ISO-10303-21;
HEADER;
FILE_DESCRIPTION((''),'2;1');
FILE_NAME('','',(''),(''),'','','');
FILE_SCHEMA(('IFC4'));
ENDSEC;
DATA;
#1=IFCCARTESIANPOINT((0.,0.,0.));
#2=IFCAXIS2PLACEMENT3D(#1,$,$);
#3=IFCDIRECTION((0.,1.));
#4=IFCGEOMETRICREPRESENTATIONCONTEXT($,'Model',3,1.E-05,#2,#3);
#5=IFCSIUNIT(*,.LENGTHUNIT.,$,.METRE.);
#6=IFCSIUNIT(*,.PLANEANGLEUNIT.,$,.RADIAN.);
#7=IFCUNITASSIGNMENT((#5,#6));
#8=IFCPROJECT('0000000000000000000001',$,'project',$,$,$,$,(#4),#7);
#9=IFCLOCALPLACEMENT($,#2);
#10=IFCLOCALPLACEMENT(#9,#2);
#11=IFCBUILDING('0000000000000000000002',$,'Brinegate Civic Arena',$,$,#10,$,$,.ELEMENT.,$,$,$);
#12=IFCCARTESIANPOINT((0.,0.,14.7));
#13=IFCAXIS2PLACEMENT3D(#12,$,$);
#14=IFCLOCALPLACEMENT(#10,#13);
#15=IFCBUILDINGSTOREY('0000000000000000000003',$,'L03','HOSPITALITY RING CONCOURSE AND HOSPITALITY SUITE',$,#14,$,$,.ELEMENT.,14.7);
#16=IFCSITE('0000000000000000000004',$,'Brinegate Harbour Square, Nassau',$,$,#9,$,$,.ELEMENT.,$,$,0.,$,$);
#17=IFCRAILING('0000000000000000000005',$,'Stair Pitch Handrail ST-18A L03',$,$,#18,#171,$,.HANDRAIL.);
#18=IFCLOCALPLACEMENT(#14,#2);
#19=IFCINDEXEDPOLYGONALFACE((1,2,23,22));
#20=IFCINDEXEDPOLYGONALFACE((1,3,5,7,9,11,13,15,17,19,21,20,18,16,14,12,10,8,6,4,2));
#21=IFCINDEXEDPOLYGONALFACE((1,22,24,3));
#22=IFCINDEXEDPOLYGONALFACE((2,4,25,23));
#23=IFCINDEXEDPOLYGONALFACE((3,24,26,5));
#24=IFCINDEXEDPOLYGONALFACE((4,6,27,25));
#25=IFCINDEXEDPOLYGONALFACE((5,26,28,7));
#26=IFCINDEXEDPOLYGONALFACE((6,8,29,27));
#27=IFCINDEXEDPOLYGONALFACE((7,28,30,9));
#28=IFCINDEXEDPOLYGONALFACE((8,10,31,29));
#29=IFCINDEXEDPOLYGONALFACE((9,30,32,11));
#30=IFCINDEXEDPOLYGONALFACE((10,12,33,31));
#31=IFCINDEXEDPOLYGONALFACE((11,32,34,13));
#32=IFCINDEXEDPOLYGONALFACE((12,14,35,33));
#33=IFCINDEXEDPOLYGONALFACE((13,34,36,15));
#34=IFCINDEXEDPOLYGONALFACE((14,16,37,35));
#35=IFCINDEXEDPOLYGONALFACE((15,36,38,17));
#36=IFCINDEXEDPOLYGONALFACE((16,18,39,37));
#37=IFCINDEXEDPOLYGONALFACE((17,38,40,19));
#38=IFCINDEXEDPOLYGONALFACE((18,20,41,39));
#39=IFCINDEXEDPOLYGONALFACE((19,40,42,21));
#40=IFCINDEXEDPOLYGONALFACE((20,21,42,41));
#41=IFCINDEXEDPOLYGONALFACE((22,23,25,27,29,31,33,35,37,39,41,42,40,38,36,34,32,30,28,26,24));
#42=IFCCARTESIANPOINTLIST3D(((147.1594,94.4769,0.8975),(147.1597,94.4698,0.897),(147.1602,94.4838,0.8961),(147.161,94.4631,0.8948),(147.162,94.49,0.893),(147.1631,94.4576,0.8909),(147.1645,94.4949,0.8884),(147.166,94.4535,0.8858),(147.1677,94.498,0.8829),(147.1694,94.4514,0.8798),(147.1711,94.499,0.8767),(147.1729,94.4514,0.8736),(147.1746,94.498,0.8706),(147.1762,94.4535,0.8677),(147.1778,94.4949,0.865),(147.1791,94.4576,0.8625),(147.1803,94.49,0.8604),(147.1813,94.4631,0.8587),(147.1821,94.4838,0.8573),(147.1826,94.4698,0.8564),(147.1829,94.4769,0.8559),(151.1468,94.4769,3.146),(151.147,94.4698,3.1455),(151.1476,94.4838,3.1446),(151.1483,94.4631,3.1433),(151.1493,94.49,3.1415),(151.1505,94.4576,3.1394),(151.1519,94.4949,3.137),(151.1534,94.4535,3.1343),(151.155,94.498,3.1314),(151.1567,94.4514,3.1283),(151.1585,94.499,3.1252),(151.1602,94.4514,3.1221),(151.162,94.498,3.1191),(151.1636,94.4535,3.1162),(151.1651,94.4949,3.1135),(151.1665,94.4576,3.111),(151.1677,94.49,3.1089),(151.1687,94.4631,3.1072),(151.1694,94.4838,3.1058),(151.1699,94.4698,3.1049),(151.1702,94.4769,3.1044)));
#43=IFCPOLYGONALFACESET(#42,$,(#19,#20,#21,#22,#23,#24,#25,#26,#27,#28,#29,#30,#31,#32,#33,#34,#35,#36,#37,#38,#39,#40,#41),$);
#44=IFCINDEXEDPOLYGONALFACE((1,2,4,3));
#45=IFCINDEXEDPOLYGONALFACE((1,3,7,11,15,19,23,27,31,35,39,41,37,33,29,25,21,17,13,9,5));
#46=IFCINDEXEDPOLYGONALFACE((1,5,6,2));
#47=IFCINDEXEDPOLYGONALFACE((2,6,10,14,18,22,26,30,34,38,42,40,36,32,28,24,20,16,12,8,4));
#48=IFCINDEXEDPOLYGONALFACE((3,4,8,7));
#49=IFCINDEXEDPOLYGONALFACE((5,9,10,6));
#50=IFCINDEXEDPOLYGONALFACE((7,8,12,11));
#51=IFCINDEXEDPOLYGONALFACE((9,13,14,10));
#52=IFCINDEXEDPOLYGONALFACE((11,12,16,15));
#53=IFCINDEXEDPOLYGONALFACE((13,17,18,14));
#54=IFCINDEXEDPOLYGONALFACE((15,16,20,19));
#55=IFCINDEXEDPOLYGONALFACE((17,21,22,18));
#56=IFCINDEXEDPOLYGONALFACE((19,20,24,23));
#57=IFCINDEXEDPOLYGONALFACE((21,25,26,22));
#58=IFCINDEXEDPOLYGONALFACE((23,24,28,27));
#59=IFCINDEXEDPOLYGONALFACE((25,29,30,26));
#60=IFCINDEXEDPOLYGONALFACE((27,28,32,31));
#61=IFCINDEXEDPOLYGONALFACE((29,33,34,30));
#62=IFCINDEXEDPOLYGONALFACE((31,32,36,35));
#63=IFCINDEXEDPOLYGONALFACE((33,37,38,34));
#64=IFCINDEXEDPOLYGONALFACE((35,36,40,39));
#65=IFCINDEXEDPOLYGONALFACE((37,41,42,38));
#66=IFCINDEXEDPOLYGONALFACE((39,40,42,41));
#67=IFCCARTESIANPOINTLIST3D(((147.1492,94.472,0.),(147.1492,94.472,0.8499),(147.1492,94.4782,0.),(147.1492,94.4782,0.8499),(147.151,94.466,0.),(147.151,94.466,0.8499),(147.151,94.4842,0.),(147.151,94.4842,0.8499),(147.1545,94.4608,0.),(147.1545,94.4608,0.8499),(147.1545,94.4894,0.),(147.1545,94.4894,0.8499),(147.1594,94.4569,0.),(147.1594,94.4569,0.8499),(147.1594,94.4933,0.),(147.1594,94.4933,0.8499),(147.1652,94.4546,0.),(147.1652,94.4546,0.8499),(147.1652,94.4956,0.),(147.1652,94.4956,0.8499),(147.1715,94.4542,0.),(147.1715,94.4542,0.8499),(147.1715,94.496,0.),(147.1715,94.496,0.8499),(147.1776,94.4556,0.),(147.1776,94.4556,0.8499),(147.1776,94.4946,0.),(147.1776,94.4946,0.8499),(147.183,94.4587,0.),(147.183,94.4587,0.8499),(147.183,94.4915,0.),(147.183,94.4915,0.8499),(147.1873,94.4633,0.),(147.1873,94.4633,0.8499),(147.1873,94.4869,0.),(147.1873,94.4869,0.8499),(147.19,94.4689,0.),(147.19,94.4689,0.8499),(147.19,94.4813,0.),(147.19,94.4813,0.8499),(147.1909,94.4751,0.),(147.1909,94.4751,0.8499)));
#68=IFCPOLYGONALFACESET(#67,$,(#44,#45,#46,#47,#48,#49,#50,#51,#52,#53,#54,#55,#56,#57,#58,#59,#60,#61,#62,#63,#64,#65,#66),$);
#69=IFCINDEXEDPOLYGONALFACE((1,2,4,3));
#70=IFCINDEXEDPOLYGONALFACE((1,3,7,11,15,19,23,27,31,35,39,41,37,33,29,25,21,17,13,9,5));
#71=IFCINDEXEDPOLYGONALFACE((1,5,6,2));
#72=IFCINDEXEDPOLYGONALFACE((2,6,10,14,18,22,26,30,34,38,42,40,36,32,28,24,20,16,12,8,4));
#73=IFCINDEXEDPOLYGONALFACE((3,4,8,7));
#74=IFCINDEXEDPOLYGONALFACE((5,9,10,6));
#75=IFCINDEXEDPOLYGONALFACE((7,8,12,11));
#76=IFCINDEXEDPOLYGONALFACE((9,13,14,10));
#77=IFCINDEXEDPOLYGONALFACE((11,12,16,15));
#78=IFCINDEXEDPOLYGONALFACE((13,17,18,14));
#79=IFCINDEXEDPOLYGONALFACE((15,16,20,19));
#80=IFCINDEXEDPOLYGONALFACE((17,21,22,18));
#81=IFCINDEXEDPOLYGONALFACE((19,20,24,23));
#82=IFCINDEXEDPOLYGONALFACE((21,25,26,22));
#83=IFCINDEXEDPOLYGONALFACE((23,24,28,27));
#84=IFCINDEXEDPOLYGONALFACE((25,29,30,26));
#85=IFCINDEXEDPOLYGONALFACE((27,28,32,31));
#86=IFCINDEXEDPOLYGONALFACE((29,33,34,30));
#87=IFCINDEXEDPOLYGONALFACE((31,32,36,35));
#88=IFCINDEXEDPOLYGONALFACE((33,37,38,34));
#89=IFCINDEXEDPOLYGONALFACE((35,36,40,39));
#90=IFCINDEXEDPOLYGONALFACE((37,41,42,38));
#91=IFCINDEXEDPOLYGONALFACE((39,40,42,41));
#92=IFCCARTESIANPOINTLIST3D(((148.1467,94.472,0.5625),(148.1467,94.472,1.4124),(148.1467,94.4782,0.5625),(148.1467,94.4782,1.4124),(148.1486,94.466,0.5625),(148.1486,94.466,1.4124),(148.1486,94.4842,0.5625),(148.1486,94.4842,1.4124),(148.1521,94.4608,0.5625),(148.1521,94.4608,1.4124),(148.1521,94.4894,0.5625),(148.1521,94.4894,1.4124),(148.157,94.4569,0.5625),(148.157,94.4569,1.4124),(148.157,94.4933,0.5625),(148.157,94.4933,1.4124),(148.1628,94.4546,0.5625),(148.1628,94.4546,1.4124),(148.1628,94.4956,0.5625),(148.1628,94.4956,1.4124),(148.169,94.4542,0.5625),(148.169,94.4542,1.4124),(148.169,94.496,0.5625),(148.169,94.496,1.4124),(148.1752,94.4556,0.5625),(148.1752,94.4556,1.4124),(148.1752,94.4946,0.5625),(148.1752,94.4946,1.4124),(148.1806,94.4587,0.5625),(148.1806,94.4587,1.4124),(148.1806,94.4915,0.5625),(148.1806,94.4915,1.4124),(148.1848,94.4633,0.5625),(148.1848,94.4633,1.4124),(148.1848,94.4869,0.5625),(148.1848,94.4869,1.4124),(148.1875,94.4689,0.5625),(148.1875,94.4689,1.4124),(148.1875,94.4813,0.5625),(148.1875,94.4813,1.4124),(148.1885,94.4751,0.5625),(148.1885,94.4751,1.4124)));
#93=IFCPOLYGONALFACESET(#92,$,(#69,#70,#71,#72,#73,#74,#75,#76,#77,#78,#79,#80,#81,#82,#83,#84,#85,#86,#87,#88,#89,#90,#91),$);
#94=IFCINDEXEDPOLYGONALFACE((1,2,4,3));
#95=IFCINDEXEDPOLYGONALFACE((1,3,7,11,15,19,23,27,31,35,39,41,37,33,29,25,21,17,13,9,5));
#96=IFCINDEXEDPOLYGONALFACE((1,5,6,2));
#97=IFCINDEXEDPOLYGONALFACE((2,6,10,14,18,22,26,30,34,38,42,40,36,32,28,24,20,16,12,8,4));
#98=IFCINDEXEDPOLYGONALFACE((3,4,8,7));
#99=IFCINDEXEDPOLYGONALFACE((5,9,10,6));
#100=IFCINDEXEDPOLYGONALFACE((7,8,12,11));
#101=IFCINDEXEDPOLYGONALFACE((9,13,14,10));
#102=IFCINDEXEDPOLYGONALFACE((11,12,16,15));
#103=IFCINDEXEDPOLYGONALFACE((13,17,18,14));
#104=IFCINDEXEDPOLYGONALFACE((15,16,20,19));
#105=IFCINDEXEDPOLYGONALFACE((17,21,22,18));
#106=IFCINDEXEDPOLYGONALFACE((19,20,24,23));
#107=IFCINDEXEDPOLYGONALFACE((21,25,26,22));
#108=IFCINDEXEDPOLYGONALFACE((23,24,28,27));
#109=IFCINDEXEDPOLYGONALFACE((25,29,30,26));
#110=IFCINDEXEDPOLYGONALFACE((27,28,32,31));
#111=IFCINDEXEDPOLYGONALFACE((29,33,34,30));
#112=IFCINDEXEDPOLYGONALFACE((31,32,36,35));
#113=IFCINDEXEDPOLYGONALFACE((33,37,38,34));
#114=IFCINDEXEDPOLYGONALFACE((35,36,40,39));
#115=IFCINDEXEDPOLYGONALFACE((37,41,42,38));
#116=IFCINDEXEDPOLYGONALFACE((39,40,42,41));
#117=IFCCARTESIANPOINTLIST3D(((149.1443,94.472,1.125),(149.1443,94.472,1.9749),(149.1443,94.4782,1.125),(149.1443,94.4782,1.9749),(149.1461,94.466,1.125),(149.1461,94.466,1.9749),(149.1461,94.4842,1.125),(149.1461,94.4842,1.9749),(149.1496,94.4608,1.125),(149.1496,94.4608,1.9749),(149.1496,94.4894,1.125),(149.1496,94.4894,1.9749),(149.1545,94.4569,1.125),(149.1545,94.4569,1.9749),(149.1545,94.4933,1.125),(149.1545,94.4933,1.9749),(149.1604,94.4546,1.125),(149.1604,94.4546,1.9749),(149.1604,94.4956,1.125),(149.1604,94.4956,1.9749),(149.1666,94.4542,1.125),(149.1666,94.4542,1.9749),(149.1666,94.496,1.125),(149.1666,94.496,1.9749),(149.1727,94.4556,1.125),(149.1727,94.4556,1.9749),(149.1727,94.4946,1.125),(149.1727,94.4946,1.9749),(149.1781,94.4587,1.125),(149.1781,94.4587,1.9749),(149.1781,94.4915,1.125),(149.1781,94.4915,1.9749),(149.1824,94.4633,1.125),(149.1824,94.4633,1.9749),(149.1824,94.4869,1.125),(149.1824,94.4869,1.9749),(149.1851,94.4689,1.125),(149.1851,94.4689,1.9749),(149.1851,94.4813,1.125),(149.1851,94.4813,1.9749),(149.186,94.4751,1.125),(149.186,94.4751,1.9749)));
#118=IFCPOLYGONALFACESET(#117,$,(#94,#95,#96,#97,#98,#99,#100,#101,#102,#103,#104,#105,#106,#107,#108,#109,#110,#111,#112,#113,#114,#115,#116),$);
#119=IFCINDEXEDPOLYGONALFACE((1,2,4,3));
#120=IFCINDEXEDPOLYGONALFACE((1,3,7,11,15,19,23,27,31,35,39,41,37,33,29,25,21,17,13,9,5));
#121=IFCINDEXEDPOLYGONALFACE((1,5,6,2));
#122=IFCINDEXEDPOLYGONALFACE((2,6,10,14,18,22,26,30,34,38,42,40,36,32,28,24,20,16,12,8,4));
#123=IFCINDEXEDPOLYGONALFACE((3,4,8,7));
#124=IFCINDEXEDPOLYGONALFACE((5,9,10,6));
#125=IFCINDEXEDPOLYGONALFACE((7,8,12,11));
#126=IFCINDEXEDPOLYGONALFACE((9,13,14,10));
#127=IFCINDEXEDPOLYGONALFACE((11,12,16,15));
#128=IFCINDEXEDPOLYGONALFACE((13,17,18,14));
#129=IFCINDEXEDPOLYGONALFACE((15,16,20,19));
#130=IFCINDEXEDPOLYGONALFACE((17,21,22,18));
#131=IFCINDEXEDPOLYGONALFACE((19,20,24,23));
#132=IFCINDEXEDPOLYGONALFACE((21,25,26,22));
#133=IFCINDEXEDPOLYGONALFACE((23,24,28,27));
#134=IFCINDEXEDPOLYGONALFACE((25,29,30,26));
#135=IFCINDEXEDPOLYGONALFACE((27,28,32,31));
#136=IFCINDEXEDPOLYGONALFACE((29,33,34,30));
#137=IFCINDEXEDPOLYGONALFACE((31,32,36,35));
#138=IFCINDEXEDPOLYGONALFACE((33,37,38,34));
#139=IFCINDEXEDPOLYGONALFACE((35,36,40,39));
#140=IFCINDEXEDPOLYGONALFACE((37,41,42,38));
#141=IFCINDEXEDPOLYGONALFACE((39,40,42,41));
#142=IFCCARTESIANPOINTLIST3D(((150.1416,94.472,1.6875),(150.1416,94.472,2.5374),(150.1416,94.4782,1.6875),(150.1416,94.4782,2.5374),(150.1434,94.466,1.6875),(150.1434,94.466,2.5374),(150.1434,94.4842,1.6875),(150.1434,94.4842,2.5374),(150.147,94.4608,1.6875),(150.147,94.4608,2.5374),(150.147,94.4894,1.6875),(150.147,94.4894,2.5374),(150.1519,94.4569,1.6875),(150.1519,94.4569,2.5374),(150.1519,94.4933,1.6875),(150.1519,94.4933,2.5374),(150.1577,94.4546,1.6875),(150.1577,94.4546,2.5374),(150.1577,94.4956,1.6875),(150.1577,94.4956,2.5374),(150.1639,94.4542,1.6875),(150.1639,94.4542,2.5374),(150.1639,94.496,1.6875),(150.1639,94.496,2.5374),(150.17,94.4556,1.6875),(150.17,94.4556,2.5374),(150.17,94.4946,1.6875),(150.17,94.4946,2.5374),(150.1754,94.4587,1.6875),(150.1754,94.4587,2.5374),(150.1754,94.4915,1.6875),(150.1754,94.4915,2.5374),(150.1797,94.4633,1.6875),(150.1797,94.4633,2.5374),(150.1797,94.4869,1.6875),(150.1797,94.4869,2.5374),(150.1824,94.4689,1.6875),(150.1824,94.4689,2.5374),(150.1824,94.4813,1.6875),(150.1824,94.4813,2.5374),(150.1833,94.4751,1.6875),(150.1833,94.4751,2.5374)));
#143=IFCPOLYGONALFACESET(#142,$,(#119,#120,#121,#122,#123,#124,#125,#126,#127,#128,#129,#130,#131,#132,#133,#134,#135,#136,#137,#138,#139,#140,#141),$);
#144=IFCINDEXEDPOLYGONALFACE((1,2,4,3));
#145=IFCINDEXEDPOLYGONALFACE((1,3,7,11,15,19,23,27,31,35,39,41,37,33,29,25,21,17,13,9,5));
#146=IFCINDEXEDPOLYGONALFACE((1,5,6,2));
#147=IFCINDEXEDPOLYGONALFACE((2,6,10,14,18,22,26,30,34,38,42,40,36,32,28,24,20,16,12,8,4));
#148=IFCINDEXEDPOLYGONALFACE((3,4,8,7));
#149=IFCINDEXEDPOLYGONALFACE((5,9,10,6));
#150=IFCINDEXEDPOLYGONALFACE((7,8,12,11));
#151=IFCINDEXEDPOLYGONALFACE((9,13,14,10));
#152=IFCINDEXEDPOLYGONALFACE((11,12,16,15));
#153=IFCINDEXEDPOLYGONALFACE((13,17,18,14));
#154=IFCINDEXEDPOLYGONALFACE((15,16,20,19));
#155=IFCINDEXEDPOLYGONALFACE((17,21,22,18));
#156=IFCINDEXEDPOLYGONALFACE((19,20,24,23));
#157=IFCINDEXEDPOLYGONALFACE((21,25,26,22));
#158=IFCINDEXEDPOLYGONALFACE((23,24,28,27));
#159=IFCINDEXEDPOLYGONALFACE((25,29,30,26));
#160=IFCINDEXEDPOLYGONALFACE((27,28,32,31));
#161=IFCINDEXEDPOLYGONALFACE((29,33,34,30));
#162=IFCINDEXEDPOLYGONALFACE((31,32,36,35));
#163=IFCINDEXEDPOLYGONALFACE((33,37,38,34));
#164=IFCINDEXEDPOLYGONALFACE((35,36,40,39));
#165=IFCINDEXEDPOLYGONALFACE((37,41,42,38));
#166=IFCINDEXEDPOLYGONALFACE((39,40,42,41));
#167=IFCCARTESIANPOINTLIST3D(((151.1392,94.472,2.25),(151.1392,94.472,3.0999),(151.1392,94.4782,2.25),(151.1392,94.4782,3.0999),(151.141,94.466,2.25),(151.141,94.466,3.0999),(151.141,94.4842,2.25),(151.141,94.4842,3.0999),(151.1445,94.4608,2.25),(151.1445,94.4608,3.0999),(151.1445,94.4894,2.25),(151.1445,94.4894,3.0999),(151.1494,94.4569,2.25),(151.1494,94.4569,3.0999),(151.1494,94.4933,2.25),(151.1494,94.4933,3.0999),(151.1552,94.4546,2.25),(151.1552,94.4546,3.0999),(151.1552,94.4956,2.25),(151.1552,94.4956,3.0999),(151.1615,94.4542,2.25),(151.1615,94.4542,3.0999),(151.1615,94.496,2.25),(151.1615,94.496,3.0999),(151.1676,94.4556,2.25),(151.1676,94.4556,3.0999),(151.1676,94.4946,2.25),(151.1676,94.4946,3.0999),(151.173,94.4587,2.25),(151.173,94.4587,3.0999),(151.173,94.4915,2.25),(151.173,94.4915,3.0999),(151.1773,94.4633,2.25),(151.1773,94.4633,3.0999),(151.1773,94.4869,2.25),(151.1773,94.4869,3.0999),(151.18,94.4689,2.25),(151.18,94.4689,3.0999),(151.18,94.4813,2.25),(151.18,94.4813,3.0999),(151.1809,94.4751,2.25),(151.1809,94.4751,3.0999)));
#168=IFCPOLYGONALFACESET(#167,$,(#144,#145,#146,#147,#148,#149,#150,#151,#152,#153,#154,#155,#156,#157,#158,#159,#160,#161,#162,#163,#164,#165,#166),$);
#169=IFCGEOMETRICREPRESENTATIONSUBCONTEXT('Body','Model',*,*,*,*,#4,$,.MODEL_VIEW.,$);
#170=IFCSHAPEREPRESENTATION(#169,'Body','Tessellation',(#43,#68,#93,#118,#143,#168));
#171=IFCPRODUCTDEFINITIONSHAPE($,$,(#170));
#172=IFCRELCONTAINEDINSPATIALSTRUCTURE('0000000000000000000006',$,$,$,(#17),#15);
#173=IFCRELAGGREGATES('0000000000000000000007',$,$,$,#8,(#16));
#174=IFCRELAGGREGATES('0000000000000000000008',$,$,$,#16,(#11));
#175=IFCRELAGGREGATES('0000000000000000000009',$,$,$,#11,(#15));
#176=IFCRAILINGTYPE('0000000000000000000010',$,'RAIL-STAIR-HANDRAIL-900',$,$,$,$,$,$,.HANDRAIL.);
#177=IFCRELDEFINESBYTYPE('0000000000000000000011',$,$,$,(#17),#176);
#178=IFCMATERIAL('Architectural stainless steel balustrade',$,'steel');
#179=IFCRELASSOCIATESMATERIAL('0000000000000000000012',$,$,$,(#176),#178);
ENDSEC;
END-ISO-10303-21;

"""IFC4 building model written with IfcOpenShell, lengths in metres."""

from ifc_helpers import new_model, si_unit, direction, frame, origin, origin_2d, place, context, subcontext, project, spatial, circle, extrude, material, type_object, element, save


model = new_model("IFC4")

# Units and contexts
model_context = context("Model", 3, precision=1e-05, world=origin(), true_north=direction((0.0, 1.0)))
body_context = subcontext(model_context, "Body", "Model", "MODEL_VIEW")
ifc_project = project(units=[si_unit("LENGTHUNIT", "METRE"), si_unit("PLANEANGLEUNIT", "RADIAN")], contexts=[model_context])

# Site, building, storey
site_placement = place(None, origin())
site = spatial("IfcSite", under=ifc_project, at=site_placement, Name="Brinegate Harbour Square, Nassau", CompositionType="ELEMENT", RefElevation=0.0)
building_placement = place(site_placement, origin())
building = spatial("IfcBuilding", under=site, at=building_placement, Name="Brinegate Civic Arena", CompositionType="ELEMENT")
storey_placement = place(building_placement, frame((0.0, 0.0, 14.7)))
storey = spatial("IfcBuildingStorey", under=building, at=storey_placement, Name="L03", Description="HOSPITALITY RING CONCOURSE AND HOSPITALITY SUITE", CompositionType="ELEMENT", Elevation=14.7)

# Railing
ifc_material_1 = material(Name="Architectural stainless steel balustrade", Category="steel")
railing_type_1 = type_object("IfcRailingType", Name="RAIL-STAIR-HANDRAIL-900", PredefinedType="HANDRAIL", material=ifc_material_1)
railing_1_placement = place(storey_placement, frame((147.1699, 94.4751, 0.0)))
element("IfcRailing", 1, at=railing_1_placement, inside=storey, type_object=railing_type_1, Name="Stair Pitch Handrail ST-18A L03", PredefinedType="HANDRAIL", context=body_context, shape_type="SweptSolid", body=[
    extrude(circle(Radius=0.0239, at=origin_2d()), frame((0.0012, 0.0, 0.8767), z_axis=(0.87105, 0.0, 0.491195), x_axis=(0.0, 1.0, 0.0)), (0.0, 0.0, 1.0), 4.5776),
    extrude(circle(Radius=0.021, at=origin_2d()), origin(), (0.0, 0.0, 1.0), 0.8499),
    extrude(circle(Radius=0.021, at=origin_2d()), frame((0.9976, 0.0, 0.5625)), (0.0, 0.0, 1.0), 0.8499),
    extrude(circle(Radius=0.021, at=origin_2d()), frame((1.9951, 0.0, 1.125)), (0.0, 0.0, 1.0), 0.8499),
    extrude(circle(Radius=0.021, at=origin_2d()), frame((2.9924, 0.0, 1.6875)), (0.0, 0.0, 1.0), 0.8499),
    extrude(circle(Radius=0.021, at=origin_2d()), frame((3.99, 0.0, 2.25)), (0.0, 0.0, 1.0), 0.8499),
])

save(model, "model.ifc")
